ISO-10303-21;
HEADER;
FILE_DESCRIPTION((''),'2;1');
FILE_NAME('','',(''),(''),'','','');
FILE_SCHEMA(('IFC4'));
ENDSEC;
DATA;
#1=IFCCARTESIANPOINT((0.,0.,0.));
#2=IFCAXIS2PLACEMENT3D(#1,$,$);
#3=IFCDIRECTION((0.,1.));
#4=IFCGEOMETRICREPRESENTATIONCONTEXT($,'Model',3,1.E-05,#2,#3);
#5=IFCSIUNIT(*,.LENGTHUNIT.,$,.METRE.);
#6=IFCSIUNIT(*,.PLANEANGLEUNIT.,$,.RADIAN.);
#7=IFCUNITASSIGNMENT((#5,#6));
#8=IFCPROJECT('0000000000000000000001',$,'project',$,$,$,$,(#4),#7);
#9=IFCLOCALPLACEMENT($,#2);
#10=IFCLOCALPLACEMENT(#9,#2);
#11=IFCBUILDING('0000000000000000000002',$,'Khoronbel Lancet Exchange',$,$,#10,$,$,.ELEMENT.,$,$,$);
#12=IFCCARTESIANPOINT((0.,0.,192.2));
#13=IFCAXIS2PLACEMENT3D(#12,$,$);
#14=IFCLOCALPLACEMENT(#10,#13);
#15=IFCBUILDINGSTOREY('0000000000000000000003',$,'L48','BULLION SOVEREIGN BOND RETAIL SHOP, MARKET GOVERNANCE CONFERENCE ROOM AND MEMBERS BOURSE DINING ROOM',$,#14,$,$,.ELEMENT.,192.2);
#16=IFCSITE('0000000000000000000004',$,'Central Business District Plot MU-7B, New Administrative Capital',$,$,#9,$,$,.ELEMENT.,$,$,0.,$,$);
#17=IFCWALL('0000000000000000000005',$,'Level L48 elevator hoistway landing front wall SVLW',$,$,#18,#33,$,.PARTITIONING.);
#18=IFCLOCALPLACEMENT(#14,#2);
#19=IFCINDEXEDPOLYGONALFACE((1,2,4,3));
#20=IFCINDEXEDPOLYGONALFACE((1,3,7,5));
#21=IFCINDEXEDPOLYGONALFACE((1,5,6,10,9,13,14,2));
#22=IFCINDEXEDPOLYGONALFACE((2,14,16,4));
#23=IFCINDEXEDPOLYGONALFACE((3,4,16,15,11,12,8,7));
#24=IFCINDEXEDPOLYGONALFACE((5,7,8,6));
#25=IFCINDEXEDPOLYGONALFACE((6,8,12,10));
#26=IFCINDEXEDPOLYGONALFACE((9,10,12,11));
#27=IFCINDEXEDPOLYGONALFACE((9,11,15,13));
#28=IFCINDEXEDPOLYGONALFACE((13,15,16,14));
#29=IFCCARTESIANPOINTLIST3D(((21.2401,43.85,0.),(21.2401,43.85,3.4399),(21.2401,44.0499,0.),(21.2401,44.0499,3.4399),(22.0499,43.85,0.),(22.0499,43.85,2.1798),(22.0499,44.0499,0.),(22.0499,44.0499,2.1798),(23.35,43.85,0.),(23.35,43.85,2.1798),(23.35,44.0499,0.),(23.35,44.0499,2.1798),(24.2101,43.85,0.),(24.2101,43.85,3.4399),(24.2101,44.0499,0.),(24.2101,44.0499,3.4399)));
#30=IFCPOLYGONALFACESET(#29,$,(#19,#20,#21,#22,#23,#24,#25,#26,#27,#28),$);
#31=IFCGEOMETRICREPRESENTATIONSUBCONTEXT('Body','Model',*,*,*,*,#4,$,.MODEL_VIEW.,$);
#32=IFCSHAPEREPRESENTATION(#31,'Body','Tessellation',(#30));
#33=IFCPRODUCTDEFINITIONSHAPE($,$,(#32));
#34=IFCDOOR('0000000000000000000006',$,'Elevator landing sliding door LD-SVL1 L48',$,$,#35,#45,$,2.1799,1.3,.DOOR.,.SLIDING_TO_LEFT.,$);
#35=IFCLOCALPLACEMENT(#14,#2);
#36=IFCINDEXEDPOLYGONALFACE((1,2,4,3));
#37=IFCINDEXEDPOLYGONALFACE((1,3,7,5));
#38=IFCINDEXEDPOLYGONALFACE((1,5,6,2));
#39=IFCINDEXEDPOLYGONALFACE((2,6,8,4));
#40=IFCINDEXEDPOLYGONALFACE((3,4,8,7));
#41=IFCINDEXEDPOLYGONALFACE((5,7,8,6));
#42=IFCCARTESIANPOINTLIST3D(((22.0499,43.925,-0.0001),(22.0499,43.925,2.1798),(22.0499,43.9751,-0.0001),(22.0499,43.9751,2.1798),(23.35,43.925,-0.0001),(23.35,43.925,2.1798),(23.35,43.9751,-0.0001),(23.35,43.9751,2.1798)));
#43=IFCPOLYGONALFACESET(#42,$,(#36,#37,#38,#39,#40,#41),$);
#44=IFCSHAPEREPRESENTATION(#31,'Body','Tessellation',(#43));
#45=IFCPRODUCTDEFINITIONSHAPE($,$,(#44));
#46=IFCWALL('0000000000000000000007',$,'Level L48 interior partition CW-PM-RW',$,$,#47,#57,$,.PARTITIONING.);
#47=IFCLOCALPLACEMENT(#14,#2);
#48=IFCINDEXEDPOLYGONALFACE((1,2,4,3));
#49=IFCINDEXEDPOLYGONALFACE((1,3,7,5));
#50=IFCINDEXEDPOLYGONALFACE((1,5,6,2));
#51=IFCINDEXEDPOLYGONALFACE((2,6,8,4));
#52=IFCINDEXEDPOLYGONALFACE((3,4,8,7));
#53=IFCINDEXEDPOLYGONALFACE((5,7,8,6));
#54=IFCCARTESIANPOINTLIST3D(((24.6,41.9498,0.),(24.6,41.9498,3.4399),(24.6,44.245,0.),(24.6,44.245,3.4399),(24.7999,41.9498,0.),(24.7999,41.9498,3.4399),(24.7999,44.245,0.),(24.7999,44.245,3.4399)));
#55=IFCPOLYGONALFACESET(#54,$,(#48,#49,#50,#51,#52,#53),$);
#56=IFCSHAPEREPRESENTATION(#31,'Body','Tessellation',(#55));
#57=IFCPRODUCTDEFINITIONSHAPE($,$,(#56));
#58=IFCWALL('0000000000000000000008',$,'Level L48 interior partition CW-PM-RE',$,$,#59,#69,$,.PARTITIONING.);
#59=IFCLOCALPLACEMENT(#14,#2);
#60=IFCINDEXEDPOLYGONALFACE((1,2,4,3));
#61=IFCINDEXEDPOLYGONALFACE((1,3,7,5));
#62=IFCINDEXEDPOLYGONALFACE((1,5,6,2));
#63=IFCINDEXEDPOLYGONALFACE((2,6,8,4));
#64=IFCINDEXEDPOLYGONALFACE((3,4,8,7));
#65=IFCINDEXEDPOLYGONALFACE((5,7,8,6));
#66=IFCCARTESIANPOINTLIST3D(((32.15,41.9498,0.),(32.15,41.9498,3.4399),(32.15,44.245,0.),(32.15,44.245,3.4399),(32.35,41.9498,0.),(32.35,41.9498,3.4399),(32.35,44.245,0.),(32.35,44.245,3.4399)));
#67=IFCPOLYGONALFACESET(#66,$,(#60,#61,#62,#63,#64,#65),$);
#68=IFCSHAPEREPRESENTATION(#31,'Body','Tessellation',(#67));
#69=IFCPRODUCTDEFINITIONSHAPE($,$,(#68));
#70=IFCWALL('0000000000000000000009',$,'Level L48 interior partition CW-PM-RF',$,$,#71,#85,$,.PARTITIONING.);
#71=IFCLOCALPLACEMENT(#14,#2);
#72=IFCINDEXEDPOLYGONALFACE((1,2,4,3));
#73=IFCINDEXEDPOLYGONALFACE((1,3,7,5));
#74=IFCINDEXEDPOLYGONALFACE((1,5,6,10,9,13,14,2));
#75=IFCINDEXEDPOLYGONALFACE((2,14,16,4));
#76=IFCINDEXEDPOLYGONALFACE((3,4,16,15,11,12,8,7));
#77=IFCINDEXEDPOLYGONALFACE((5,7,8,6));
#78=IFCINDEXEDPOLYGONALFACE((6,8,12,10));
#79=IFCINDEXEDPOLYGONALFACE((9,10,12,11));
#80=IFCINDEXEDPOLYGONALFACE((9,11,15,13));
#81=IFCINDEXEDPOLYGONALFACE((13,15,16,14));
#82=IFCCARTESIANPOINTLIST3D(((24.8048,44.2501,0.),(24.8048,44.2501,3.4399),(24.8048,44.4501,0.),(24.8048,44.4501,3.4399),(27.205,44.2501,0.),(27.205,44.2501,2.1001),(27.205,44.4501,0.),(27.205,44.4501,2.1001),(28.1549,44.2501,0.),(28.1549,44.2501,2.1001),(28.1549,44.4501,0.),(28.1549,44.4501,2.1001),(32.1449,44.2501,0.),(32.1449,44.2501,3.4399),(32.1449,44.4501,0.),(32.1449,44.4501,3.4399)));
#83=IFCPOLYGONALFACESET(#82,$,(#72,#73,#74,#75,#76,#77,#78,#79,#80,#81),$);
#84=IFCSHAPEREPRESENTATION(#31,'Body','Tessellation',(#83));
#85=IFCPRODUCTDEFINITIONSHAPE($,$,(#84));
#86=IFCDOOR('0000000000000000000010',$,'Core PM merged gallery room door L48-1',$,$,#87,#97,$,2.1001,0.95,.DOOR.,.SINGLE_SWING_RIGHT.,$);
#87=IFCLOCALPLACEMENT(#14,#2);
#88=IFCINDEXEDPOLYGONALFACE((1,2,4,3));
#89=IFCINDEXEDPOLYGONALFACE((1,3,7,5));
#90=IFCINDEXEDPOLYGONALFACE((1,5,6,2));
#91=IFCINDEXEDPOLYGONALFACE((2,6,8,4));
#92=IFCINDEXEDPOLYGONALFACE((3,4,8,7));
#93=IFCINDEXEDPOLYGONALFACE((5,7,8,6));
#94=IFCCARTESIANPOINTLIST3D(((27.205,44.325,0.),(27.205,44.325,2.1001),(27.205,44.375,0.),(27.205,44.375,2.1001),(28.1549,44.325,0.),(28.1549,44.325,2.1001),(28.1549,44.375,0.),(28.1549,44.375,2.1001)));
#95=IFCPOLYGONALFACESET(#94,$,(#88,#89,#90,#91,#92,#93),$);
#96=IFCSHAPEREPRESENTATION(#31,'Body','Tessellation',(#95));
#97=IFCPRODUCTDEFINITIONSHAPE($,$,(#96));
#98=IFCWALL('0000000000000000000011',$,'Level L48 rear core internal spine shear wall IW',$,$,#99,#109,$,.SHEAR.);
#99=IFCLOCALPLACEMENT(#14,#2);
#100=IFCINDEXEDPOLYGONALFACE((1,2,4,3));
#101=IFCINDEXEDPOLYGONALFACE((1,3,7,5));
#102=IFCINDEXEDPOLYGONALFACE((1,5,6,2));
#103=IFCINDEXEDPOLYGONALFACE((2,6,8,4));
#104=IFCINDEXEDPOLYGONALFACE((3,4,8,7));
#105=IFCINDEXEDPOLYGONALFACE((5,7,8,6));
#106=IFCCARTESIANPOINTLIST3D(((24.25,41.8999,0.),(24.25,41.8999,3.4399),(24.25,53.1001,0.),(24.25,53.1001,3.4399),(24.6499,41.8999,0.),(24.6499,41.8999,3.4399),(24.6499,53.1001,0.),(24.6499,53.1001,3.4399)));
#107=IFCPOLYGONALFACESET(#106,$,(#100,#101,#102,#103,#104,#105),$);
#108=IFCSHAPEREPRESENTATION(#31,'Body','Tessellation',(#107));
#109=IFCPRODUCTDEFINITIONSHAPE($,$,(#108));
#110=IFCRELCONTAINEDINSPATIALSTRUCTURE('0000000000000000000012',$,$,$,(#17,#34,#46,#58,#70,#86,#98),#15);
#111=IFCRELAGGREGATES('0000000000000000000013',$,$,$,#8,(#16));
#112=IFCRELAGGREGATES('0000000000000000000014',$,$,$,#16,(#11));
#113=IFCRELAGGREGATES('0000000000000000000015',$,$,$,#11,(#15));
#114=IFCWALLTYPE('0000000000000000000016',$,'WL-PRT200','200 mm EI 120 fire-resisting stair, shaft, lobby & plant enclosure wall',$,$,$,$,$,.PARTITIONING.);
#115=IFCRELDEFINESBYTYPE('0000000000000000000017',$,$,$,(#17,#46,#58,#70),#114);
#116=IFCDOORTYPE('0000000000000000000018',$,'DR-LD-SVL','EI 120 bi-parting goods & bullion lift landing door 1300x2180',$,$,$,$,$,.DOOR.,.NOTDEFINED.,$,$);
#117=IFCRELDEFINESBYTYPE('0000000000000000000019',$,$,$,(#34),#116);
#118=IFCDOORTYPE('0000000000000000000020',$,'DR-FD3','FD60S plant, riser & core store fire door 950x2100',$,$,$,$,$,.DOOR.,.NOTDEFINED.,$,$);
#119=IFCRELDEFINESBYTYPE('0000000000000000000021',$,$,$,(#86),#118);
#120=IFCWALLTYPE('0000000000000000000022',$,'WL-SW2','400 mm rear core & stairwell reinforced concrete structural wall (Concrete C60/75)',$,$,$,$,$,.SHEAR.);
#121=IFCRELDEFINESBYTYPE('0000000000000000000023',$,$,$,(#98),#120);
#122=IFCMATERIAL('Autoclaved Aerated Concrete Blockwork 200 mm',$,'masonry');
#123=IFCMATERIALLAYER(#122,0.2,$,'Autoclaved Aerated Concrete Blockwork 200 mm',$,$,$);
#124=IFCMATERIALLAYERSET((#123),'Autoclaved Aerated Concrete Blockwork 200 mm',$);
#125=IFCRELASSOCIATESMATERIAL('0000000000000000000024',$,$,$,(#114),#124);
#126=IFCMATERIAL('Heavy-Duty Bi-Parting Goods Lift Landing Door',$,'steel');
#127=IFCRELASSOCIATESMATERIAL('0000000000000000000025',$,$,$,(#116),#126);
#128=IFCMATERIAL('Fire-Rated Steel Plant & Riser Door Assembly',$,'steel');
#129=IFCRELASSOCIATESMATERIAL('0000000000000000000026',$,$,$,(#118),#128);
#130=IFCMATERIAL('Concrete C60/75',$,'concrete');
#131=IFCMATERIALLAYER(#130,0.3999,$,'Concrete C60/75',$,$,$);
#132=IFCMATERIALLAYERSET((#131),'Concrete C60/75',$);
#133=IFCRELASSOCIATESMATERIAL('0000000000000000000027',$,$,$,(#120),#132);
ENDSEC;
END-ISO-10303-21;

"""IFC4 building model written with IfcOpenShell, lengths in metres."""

from ifc_helpers import new_model, si_unit, direction, frame, frame_2d, origin, place, context, subcontext, project, spatial, rectangle, extrude, material, layer, layer_set, type_object, element, fill, save


model = new_model("IFC4")

# Units and contexts
model_context = context("Model", 3, precision=1e-05, world=origin(), true_north=direction((0.0, 1.0)))
body_context = subcontext(model_context, "Body", "Model", "MODEL_VIEW")
ifc_project = project(units=[si_unit("LENGTHUNIT", "METRE"), si_unit("PLANEANGLEUNIT", "RADIAN")], contexts=[model_context])

# Site, building, storey
site_placement = place(None, origin())
site = spatial("IfcSite", under=ifc_project, at=site_placement, Name="Central Business District Plot MU-7B, New Administrative Capital", CompositionType="ELEMENT", RefElevation=0.0)
building_placement = place(site_placement, origin())
building = spatial("IfcBuilding", under=site, at=building_placement, Name="Khoronbel Lancet Exchange", CompositionType="ELEMENT")
storey_placement = place(building_placement, frame((0.0, 0.0, 192.2)))
storey = spatial("IfcBuildingStorey", under=building, at=storey_placement, Name="L48", Description="BULLION SOVEREIGN BOND RETAIL SHOP, MARKET GOVERNANCE CONFERENCE ROOM AND MEMBERS BOURSE DINING ROOM", CompositionType="ELEMENT", Elevation=192.2)

# Shared definitions
ifc_material_1 = material(Name="Concrete C60/75", Category="concrete")

# Wall, opening, door
ifc_material_2 = material(Name="Autoclaved Aerated Concrete Blockwork 200 mm", Category="masonry")
ifc_layer_1 = layer(ifc_material_2, 0.2, Name="Autoclaved Aerated Concrete Blockwork 200 mm")
ifc_layer_set_1 = layer_set([ifc_layer_1], Name="Autoclaved Aerated Concrete Blockwork 200 mm")
wall_type_1 = type_object("IfcWallType", Name="WL-PRT200", Description="200 mm EI 120 fire-resisting stair, shaft, lobby & plant enclosure wall", PredefinedType="PARTITIONING", material=ifc_layer_set_1)
wall_1_placement = place(storey_placement, frame((24.21, 43.95, 0.0), z_axis=(0.0, 0.0, 1.0), x_axis=(-1.0, 0.0, 0.0)))
wall_1 = element("IfcWall", 1, at=wall_1_placement, inside=storey, type_object=wall_type_1, Name="Level L48 elevator hoistway landing front wall SVLW", PredefinedType="PARTITIONING", context=body_context, shape_type="SweptSolid", body=[
    extrude(rectangle(XDim=2.97, YDim=0.2, at=frame_2d((1.4849, 0.0))), origin(), (0.0, 0.0, 1.0), 3.4399),
])
opening_1_placement = place(wall_1_placement, frame((0.8601, 0.0, 0.0)))
opening_1 = element("IfcOpeningElement", 2, at=opening_1_placement, cuts=wall_1, PredefinedType="OPENING", context=body_context, shape_type="SweptSolid", body=[
    extrude(rectangle(XDim=1.3, YDim=2.1799, at=frame_2d((0.6499, 1.0898))), frame((0.0, 0.1099, 0.0), z_axis=(0.0, -1.0, 0.0), x_axis=(1.0, 0.0, 0.0)), (0.0, 0.0, 1.0), 0.22),
])
ifc_material_3 = material(Name="Heavy-Duty Bi-Parting Goods Lift Landing Door", Category="steel")
door_type_1 = type_object("IfcDoorType", Name="DR-LD-SVL", Description="EI 120 bi-parting goods & bullion lift landing door 1300x2180", OperationType="NOTDEFINED", PredefinedType="DOOR", material=ifc_material_3)
door_1_placement = place(opening_1_placement, origin())
door_1 = element("IfcDoor", 3, at=door_1_placement, inside=storey, type_object=door_type_1, Name="Elevator landing sliding door LD-SVL1 L48", OperationType="SLIDING_TO_LEFT", OverallHeight=2.1799, OverallWidth=1.3, PredefinedType="DOOR", context=body_context, shape_type="SweptSolid", body=[
    extrude(rectangle(XDim=1.3, YDim=2.1799, at=frame_2d((0.6499, 1.0898))), frame((0.0, 0.0249, 0.0), z_axis=(0.0, -1.0, 0.0), x_axis=(1.0, 0.0, 0.0)), (0.0, 0.0, 1.0), 0.05),
])
fill(opening_1, door_1)

# Walls
for number, where, z_axis, x_axis, name in (
    (4, (24.7, 41.95, 0.0), (0.0, 0.0, 1.0), (0.0, 1.0, 0.0), "Level L48 interior partition CW-PM-RW"),
    (5, (32.25, 41.95, 0.0), (0.0, 0.0, 1.0), (0.0, 1.0, 0.0), "Level L48 interior partition CW-PM-RE"),
):
    element("IfcWall", number, at=place(storey_placement, frame(where, z_axis=z_axis, x_axis=x_axis)), inside=storey, type_object=wall_type_1, Name=name, PredefinedType="PARTITIONING", context=body_context, shape_type="SweptSolid", body=[
        extrude(rectangle(XDim=2.2952, YDim=0.2, at=frame_2d((1.1475, 0.0))), origin(), (0.0, 0.0, 1.0), 3.4399),
    ])

# Wall, opening, door
wall_2_placement = place(storey_placement, frame((24.8049, 44.3501, 0.0), z_axis=(0.0, 0.0, 1.0), x_axis=(1.0, 0.0, 0.0)))
wall_2 = element("IfcWall", 6, at=wall_2_placement, inside=storey, type_object=wall_type_1, Name="Level L48 interior partition CW-PM-RF", PredefinedType="PARTITIONING", context=body_context, shape_type="SweptSolid", body=[
    extrude(rectangle(XDim=7.3401, YDim=0.2, at=frame_2d((3.6699, 0.0))), origin(), (0.0, 0.0, 1.0), 3.4399),
])
opening_2_placement = place(wall_2_placement, frame((2.3999, 0.0, 0.0)))
opening_2 = element("IfcOpeningElement", 7, at=opening_2_placement, cuts=wall_2, PredefinedType="OPENING", context=body_context, shape_type="SweptSolid", body=[
    extrude(rectangle(XDim=0.95, YDim=2.1001, at=frame_2d((0.4751, 1.05))), frame((0.0, 0.1099, 0.0), z_axis=(0.0, -1.0, 0.0), x_axis=(1.0, 0.0, 0.0)), (0.0, 0.0, 1.0), 0.22),
])
ifc_material_4 = material(Name="Fire-Rated Steel Plant & Riser Door Assembly", Category="steel")
door_type_2 = type_object("IfcDoorType", Name="DR-FD3", Description="FD60S plant, riser & core store fire door 950x2100", OperationType="NOTDEFINED", PredefinedType="DOOR", material=ifc_material_4)
door_2_placement = place(opening_2_placement, origin())
door_2 = element("IfcDoor", 8, at=door_2_placement, inside=storey, type_object=door_type_2, Name="Core PM merged gallery room door L48-1", OperationType="SINGLE_SWING_RIGHT", OverallHeight=2.1001, OverallWidth=0.95, PredefinedType="DOOR", context=body_context, shape_type="SweptSolid", body=[
    extrude(rectangle(XDim=0.95, YDim=2.1001, at=frame_2d((0.4751, 1.05))), frame((0.0, 0.0249, 0.0), z_axis=(0.0, -1.0, 0.0), x_axis=(1.0, 0.0, 0.0)), (0.0, 0.0, 1.0), 0.05),
])
fill(opening_2, door_2)

# Wall
ifc_layer_2 = layer(ifc_material_1, 0.3999, Name="Concrete C60/75")
ifc_layer_set_2 = layer_set([ifc_layer_2], Name="Concrete C60/75")
wall_type_2 = type_object("IfcWallType", Name="WL-SW2", Description="400 mm rear core & stairwell reinforced concrete structural wall (Concrete C60/75)", PredefinedType="SHEAR", material=ifc_layer_set_2)
wall_3_placement = place(storey_placement, frame((24.45, 41.8999, 0.0), z_axis=(0.0, 0.0, 1.0), x_axis=(0.0, 1.0, 0.0)))
element("IfcWall", 9, at=wall_3_placement, inside=storey, type_object=wall_type_2, Name="Level L48 rear core internal spine shear wall IW", PredefinedType="SHEAR", context=body_context, shape_type="SweptSolid", body=[
    extrude(rectangle(XDim=11.2002, YDim=0.3999, at=frame_2d((5.6001, 0.0))), origin(), (0.0, 0.0, 1.0), 3.4399),
])

save(model, "model.ifc")
